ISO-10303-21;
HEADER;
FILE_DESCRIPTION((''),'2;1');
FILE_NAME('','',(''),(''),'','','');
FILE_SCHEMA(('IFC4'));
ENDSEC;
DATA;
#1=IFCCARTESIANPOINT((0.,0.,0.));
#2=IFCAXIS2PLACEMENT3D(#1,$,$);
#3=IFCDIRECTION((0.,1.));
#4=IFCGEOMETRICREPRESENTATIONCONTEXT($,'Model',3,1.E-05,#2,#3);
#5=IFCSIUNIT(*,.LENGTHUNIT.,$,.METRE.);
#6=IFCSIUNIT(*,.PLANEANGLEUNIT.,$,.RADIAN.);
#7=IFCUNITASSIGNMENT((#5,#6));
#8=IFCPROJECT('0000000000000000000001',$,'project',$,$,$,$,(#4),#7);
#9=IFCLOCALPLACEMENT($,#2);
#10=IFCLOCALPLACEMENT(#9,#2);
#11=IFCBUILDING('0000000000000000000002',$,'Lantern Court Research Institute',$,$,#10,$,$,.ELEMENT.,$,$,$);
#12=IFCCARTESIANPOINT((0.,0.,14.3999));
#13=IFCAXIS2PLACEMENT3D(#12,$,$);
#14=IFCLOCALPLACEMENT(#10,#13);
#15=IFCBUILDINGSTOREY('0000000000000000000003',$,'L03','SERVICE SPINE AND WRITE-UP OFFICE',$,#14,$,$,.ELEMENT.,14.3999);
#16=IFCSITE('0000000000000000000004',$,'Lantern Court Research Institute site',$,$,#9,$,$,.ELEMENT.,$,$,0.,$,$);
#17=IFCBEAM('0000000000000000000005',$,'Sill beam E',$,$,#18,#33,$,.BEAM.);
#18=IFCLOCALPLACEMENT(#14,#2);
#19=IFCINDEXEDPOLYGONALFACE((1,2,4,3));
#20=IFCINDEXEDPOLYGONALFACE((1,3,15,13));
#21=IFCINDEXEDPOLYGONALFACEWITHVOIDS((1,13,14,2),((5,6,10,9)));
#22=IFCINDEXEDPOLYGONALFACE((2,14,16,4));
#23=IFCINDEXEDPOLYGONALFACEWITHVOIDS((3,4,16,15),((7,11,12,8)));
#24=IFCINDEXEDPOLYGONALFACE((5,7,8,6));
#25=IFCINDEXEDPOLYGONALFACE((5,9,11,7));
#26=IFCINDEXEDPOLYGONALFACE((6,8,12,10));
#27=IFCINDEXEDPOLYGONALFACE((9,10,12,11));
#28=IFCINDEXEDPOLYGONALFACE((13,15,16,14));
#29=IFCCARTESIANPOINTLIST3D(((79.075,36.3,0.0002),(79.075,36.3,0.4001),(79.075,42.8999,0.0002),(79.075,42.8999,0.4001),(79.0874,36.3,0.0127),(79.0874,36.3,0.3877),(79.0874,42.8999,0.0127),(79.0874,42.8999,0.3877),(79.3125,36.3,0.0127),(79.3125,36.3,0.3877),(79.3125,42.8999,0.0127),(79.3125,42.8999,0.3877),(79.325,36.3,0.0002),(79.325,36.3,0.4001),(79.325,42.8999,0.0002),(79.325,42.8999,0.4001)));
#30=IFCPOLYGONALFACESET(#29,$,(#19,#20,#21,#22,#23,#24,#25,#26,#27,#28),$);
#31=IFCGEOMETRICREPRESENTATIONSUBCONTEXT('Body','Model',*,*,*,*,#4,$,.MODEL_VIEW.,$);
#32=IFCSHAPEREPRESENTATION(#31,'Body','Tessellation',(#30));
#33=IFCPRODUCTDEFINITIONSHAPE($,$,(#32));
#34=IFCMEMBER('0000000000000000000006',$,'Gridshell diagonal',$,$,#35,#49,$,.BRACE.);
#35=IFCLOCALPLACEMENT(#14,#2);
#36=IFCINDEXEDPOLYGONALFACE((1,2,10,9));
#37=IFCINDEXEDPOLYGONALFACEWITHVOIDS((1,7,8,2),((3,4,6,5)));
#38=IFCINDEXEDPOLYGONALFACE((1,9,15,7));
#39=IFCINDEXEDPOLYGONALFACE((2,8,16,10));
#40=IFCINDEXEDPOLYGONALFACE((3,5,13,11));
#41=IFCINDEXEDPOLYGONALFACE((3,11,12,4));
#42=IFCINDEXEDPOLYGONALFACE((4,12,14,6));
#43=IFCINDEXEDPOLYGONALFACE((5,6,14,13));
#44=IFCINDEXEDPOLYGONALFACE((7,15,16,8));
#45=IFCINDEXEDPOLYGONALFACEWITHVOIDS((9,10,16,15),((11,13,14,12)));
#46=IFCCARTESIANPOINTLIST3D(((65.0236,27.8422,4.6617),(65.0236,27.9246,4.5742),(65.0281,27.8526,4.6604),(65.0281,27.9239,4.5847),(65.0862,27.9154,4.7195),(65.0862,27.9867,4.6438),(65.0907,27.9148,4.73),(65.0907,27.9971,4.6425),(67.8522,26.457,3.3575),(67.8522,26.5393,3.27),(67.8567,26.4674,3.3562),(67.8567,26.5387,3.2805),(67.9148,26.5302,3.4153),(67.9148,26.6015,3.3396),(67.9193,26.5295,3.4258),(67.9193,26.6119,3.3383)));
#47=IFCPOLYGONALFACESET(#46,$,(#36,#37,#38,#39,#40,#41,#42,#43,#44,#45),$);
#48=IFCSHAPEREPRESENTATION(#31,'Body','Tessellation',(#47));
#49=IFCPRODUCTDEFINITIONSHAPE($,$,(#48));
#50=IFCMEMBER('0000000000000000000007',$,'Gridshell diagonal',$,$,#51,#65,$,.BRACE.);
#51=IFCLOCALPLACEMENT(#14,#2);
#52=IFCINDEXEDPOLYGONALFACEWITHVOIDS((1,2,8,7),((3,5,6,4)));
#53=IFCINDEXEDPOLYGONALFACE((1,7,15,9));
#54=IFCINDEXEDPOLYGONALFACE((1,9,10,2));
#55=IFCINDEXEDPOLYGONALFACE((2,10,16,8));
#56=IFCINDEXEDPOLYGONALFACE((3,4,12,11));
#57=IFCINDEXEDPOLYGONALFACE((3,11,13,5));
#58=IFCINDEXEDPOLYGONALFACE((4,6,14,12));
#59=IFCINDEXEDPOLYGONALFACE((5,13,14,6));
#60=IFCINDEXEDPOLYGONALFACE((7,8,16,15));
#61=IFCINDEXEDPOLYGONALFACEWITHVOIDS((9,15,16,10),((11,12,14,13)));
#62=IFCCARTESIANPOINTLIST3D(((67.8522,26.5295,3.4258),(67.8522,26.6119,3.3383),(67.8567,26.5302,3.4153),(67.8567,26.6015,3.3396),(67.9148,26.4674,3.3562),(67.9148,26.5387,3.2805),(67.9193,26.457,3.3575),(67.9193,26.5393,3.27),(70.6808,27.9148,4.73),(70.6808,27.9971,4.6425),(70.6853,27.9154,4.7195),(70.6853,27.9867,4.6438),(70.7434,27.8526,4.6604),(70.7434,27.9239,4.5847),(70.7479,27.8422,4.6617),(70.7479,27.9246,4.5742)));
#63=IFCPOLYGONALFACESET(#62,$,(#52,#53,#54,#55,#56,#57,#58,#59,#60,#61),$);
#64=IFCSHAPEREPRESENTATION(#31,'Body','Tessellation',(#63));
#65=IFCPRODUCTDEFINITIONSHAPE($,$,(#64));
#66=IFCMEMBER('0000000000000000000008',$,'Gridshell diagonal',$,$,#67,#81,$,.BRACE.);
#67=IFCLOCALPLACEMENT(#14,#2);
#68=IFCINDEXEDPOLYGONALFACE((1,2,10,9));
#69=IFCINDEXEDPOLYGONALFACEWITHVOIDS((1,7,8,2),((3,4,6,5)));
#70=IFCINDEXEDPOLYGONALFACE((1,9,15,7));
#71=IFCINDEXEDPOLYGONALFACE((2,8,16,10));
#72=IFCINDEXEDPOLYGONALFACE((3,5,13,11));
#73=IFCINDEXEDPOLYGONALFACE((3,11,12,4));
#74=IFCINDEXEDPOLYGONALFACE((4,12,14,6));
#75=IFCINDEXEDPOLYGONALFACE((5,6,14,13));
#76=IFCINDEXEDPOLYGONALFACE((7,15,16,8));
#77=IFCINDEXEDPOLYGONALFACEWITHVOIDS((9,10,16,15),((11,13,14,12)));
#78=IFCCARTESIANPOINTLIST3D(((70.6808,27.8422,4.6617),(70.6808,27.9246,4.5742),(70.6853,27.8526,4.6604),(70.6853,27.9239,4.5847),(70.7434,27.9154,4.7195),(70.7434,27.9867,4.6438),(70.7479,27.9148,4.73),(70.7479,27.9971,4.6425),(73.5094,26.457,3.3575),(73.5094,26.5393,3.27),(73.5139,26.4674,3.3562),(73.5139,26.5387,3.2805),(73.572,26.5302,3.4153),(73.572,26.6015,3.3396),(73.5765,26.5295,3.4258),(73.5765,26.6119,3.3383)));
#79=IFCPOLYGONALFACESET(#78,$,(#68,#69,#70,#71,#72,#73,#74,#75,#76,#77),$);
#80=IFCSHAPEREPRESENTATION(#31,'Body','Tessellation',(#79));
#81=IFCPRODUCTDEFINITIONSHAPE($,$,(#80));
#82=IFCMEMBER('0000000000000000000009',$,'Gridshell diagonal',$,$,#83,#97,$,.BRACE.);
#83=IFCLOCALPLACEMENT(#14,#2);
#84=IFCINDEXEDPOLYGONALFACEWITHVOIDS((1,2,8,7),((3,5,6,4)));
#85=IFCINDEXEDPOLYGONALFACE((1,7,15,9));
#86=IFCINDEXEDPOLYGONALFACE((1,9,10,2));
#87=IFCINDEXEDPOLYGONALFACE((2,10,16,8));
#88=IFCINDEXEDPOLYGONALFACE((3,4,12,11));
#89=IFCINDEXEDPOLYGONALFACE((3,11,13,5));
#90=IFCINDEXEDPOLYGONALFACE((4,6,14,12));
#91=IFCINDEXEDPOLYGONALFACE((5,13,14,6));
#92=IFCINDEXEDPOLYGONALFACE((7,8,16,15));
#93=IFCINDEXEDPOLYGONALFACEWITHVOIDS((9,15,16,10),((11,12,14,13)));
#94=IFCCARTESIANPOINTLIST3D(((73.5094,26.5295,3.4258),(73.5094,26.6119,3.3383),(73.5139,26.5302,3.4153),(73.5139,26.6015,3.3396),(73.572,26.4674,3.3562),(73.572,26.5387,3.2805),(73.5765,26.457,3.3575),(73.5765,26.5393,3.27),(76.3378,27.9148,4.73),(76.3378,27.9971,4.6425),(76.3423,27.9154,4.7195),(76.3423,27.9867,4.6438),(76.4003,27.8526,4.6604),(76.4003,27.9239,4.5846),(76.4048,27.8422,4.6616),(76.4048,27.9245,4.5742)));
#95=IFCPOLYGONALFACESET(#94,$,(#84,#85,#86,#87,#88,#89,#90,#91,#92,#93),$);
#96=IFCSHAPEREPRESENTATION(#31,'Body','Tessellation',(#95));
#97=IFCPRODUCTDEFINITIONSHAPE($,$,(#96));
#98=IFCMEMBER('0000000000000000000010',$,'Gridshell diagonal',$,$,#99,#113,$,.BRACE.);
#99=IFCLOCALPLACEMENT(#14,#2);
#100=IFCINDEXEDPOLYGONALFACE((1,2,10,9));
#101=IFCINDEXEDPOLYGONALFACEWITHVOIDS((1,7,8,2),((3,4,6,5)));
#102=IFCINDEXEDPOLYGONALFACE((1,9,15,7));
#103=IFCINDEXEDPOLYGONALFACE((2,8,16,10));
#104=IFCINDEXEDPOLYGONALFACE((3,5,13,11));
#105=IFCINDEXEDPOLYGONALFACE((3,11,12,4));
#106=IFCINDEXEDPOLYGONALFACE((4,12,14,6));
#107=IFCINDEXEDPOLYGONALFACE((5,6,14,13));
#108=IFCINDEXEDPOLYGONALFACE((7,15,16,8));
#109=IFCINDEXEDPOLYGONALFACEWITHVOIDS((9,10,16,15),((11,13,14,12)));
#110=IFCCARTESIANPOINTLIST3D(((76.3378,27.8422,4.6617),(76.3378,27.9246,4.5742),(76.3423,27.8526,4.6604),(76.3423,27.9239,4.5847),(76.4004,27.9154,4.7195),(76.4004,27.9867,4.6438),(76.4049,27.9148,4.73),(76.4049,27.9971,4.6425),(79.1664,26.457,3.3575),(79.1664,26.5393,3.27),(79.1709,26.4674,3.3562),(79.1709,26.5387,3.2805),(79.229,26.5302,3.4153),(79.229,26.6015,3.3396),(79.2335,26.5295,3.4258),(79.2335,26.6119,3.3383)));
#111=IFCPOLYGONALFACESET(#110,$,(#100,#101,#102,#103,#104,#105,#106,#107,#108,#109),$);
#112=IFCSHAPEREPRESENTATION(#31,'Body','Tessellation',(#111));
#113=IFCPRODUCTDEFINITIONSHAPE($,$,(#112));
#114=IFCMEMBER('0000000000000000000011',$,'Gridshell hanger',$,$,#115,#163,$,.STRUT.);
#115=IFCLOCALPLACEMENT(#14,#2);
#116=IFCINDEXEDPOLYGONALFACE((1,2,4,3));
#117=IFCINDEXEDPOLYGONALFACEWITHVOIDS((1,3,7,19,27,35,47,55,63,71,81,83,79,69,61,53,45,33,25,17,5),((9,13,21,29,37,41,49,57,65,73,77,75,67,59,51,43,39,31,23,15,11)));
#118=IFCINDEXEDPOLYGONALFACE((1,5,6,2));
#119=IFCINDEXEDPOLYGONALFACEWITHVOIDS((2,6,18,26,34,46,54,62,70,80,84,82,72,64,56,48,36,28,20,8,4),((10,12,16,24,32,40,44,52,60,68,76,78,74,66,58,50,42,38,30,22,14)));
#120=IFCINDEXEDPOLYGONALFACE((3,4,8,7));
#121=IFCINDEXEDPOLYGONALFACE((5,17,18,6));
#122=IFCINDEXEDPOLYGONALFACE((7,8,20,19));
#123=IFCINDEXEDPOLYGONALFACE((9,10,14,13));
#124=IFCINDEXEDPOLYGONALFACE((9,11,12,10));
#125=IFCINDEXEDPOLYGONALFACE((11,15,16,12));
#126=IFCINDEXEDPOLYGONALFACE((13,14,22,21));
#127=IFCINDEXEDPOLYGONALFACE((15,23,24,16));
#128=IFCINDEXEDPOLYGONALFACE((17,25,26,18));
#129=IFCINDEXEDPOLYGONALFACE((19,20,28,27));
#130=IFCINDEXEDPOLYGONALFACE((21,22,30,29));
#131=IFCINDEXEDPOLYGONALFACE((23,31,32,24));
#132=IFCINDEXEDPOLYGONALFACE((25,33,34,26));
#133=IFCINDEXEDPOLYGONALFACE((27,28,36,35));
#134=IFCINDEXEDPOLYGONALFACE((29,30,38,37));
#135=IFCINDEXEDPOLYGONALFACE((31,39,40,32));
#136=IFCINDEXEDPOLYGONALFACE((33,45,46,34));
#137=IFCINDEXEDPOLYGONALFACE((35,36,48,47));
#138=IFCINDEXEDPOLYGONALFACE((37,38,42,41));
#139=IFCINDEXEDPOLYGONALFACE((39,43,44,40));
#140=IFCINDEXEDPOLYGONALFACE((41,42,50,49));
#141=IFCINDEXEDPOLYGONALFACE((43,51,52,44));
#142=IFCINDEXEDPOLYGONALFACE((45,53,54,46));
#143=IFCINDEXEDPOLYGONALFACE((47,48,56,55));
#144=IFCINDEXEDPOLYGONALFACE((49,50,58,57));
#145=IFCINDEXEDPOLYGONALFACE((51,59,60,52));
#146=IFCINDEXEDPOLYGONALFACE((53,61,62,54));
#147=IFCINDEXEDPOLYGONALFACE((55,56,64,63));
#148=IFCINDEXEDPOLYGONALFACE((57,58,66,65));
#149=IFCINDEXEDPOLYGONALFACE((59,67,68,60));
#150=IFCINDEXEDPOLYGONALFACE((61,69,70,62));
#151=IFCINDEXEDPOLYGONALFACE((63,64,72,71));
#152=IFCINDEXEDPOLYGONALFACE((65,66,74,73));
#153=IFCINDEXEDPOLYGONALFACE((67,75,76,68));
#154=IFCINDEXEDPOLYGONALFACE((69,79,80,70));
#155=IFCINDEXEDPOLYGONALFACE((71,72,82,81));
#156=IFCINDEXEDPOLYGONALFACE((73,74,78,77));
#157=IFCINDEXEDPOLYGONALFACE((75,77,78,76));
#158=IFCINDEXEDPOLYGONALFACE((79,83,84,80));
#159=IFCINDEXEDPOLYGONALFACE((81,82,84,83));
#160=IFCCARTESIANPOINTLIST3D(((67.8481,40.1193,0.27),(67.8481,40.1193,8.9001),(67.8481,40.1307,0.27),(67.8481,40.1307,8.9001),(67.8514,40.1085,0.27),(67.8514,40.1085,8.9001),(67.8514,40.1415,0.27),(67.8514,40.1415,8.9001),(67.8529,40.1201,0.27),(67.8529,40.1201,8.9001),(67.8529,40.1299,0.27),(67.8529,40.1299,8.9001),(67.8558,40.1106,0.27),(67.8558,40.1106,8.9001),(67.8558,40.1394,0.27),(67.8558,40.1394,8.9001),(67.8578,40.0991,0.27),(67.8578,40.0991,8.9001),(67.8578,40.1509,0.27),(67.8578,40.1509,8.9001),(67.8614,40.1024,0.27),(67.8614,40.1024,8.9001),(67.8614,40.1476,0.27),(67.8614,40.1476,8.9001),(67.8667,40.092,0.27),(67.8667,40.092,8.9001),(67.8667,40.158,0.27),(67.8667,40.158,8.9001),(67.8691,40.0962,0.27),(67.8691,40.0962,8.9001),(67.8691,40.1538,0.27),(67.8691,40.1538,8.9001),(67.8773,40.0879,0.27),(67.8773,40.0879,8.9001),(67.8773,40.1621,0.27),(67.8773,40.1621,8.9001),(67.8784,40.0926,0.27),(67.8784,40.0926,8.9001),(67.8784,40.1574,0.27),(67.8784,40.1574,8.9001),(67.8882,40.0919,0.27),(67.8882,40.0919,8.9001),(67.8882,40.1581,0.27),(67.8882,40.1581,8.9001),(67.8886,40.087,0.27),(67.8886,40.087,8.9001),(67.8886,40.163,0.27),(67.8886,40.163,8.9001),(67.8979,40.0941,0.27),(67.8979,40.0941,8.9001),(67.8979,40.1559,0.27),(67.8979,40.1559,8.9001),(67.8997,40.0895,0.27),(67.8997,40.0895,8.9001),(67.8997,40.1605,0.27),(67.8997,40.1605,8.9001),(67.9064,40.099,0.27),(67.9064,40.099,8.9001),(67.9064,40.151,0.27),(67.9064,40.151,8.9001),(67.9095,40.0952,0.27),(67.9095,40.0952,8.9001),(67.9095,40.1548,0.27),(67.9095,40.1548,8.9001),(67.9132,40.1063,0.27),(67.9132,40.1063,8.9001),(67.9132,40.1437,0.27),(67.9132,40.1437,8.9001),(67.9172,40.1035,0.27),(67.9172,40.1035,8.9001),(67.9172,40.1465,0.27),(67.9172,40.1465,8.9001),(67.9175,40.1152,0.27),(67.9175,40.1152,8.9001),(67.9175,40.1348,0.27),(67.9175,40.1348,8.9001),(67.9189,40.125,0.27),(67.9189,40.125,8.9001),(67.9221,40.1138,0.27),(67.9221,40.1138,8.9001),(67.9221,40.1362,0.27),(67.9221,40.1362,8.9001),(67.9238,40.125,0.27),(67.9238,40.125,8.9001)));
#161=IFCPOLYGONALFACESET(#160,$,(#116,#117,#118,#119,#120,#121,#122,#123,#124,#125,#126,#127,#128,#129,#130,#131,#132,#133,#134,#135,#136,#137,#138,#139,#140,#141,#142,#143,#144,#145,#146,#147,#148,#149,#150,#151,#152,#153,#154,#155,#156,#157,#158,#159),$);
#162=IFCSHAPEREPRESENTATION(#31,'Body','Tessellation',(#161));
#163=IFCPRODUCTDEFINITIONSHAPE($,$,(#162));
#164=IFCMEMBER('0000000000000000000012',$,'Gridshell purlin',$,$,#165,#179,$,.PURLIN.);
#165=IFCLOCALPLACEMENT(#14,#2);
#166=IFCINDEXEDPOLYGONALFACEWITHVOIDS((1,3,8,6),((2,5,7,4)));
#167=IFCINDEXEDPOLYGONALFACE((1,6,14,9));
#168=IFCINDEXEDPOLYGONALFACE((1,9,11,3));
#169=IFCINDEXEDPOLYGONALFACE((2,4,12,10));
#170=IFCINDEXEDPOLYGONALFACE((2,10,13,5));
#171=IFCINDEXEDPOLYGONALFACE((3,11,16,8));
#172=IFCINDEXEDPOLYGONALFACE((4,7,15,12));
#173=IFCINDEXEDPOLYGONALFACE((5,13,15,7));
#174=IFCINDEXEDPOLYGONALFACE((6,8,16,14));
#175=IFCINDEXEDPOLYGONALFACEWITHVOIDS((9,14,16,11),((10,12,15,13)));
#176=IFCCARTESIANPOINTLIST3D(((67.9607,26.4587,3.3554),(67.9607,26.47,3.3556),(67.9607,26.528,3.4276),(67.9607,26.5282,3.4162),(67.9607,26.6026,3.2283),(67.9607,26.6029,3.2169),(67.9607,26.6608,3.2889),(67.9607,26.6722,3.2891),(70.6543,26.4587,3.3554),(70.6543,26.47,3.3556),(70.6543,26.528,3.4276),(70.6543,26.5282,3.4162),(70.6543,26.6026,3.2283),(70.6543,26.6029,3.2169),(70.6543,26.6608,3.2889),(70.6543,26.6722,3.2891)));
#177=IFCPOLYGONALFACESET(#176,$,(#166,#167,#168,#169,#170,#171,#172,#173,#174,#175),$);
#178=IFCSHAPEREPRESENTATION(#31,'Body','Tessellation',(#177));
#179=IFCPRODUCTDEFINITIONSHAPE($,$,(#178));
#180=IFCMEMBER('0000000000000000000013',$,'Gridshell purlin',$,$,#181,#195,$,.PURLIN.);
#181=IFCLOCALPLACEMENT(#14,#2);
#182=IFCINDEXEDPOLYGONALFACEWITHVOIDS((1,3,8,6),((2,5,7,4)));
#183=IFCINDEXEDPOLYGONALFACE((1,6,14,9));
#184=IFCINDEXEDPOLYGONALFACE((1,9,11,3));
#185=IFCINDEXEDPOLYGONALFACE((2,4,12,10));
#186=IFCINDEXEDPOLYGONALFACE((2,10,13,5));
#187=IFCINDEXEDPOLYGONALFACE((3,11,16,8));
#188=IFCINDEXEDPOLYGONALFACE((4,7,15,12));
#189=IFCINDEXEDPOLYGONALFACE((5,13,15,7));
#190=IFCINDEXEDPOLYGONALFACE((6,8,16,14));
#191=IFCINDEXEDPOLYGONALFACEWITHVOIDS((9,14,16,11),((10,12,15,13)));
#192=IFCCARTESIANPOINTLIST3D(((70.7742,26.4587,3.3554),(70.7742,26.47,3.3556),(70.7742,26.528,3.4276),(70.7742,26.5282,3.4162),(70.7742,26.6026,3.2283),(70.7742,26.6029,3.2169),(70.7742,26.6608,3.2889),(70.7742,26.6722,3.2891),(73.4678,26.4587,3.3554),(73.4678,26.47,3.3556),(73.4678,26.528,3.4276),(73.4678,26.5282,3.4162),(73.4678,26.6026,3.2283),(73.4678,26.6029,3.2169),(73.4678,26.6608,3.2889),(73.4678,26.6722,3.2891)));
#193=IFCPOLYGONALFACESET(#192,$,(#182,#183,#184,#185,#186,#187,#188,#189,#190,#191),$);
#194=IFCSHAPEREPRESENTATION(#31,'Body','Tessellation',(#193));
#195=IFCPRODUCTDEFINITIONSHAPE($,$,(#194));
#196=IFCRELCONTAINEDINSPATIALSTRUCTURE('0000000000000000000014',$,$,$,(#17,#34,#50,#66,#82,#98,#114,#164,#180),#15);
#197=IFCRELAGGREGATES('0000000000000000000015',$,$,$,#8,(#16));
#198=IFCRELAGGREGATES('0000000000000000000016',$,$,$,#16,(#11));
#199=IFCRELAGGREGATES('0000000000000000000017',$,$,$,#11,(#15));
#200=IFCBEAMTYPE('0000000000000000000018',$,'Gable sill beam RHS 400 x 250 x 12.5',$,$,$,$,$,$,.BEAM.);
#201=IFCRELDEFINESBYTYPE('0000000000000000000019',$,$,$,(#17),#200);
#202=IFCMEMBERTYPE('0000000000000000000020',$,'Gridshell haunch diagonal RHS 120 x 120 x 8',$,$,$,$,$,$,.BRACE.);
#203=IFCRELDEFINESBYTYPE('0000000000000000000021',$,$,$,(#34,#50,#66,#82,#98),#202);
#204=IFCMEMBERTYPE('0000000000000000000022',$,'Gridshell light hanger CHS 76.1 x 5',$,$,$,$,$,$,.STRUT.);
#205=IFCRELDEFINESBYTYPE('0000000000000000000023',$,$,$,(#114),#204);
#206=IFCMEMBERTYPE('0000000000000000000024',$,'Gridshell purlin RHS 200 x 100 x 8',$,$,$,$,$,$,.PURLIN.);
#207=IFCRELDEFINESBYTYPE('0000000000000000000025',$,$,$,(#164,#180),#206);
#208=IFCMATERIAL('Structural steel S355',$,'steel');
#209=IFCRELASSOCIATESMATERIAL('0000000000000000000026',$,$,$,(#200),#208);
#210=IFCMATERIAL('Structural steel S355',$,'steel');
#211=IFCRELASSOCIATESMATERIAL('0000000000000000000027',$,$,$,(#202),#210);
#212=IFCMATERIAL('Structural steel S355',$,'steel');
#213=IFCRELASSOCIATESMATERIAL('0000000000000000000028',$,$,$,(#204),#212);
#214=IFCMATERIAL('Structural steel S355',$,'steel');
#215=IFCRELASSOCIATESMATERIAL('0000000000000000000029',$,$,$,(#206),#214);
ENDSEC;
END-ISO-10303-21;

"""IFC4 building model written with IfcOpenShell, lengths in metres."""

from ifc_helpers import new_model, si_unit, direction, frame, origin, origin_2d, place, context, subcontext, project, spatial, hollow_rectangle, hollow_circle, extrude, material, material_profile, profile_set, type_object, element, save


model = new_model("IFC4")

# Units and contexts
model_context = context("Model", 3, precision=1e-05, world=origin(), true_north=direction((0.0, 1.0)))
body_context = subcontext(model_context, "Body", "Model", "MODEL_VIEW")
ifc_project = project(units=[si_unit("LENGTHUNIT", "METRE"), si_unit("PLANEANGLEUNIT", "RADIAN")], contexts=[model_context])

# Site, building, storey
site_placement = place(None, origin())
site = spatial("IfcSite", under=ifc_project, at=site_placement, Name="Lantern Court Research Institute site", CompositionType="ELEMENT", RefElevation=0.0)
building_placement = place(site_placement, origin())
building = spatial("IfcBuilding", under=site, at=building_placement, Name="Lantern Court Research Institute", CompositionType="ELEMENT")
storey_placement = place(building_placement, frame((0.0, 0.0, 14.3999)))
storey = spatial("IfcBuildingStorey", under=building, at=storey_placement, Name="L03", Description="SERVICE SPINE AND WRITE-UP OFFICE", CompositionType="ELEMENT", Elevation=14.3999)

# Beam
ifc_material_1 = material(Name="Structural steel S355", Category="steel")
ifc_material_profile_1 = material_profile(ifc_material_1, hollow_rectangle(XDim=0.25, YDim=0.3999, WallThickness=0.0125, at=origin_2d()), Name="Gable sill beam RHS 400 x 250 x 12.5")
ifc_profile_set_1 = profile_set([ifc_material_profile_1], Name="Structural steel S355")
beam_type = type_object("IfcBeamType", Name="Gable sill beam RHS 400 x 250 x 12.5", PredefinedType="BEAM", material=ifc_profile_set_1)
beam_1_placement = place(storey_placement, frame((79.2, 36.3, 0.2002), z_axis=(0.0, 1.0, 0.0), x_axis=(-1.0, 0.0, 0.0)))
element("IfcBeam", 1, at=beam_1_placement, inside=storey, type_object=beam_type, Name="Sill beam E", PredefinedType="BEAM", context=body_context, shape_type="SweptSolid", body=[
    extrude(hollow_rectangle(XDim=0.25, YDim=0.3999, WallThickness=0.0125, at=origin_2d()), origin(), (0.0, 0.0, 1.0), 6.5999),
])

# Members
ifc_material_2 = material(Name="Structural steel S355", Category="steel")
ifc_material_profile_2 = material_profile(ifc_material_2, hollow_rectangle(XDim=0.1201, YDim=0.1201, WallThickness=0.0081, at=origin_2d()), Name="Gridshell haunch diagonal RHS 120 x 120 x 8")
ifc_profile_set_2 = profile_set([ifc_material_profile_2], Name="Structural steel S355")
member_type_1 = type_object("IfcMemberType", Name="Gridshell haunch diagonal RHS 120 x 120 x 8", PredefinedType="BRACE", material=ifc_profile_set_2)
for number, where, z_axis, x_axis, name in (
    (2, (67.8857, 26.5344, 3.3479), (-0.829762, 0.406358, 0.382581), (-0.558118, -0.604141, -0.568786), "Gridshell diagonal"),
    (3, (67.8857, 26.5344, 3.3479), (0.829762, 0.406358, 0.382581), (-0.558118, 0.604141, 0.568786), "Gridshell diagonal"),
    (4, (73.543, 26.5344, 3.3479), (-0.829762, 0.406358, 0.382581), (-0.558118, -0.604141, -0.568786), "Gridshell diagonal"),
):
    element("IfcMember", number, at=place(storey_placement, frame(where, z_axis=z_axis, x_axis=x_axis)), inside=storey, type_object=member_type_1, Name=name, PredefinedType="BRACE", context=body_context, shape_type="SweptSolid", body=[
        extrude(hollow_rectangle(XDim=0.1201, YDim=0.1201, WallThickness=0.0081, at=origin_2d()), origin(), (0.0, 0.0, 1.0), 3.4089),
    ])
member_1_placement = place(storey_placement, frame((73.543, 26.5344, 3.3479), z_axis=(0.829739, 0.406382, 0.382604), x_axis=(-0.558151, 0.604116, 0.568781)))
element("IfcMember", 5, at=member_1_placement, inside=storey, type_object=member_type_1, Name="Gridshell diagonal", PredefinedType="BRACE", context=body_context, shape_type="SweptSolid", body=[
    extrude(hollow_rectangle(XDim=0.1201, YDim=0.1201, WallThickness=0.0081, at=origin_2d()), origin(), (0.0, 0.0, 1.0), 3.4087),
])
member_2_placement = place(storey_placement, frame((79.2, 26.5344, 3.3479), z_axis=(-0.829762, 0.406358, 0.382581), x_axis=(-0.558118, -0.604141, -0.568786)))
element("IfcMember", 6, at=member_2_placement, inside=storey, type_object=member_type_1, Name="Gridshell diagonal", PredefinedType="BRACE", context=body_context, shape_type="SweptSolid", body=[
    extrude(hollow_rectangle(XDim=0.1201, YDim=0.1201, WallThickness=0.0081, at=origin_2d()), origin(), (0.0, 0.0, 1.0), 3.4089),
])
ifc_material_3 = material(Name="Structural steel S355", Category="steel")
ifc_material_profile_3 = material_profile(ifc_material_3, hollow_circle(Radius=0.0381, WallThickness=0.0049, at=origin_2d()), Name="Gridshell light hanger CHS 76.1 x 5")
ifc_profile_set_3 = profile_set([ifc_material_profile_3], Name="Structural steel S355")
member_type_2 = type_object("IfcMemberType", Name="Gridshell light hanger CHS 76.1 x 5", PredefinedType="STRUT", material=ifc_profile_set_3)
member_3_placement = place(storey_placement, frame((67.8857, 40.125, 0.27), z_axis=(0.0, 0.0, 1.0), x_axis=(1.0, 0.0, 0.0)))
element("IfcMember", 7, at=member_3_placement, inside=storey, type_object=member_type_2, Name="Gridshell hanger", PredefinedType="STRUT", context=body_context, shape_type="SweptSolid", body=[
    extrude(hollow_circle(Radius=0.0381, WallThickness=0.0049, at=origin_2d()), origin(), (0.0, 0.0, 1.0), 8.6301),
])
ifc_material_4 = material(Name="Structural steel S355", Category="steel")
ifc_material_profile_4 = material_profile(ifc_material_4, hollow_rectangle(XDim=0.1001, YDim=0.2, WallThickness=0.0081, at=origin_2d()), Name="Gridshell purlin RHS 200 x 100 x 8")
ifc_profile_set_4 = profile_set([ifc_material_profile_4], Name="Structural steel S355")
member_type_3 = type_object("IfcMemberType", Name="Gridshell purlin RHS 200 x 100 x 8", PredefinedType="PURLIN", material=ifc_profile_set_4)
for number, where, z_axis, x_axis, name in (
    (8, (67.9607, 26.5654, 3.3223), (1.0, 0.0, 0.0), (0.0, 0.692674, 0.721251), "Gridshell purlin"),
    (9, (70.7742, 26.5654, 3.3223), (1.0, 0.0, 0.0), (0.0, 0.692674, 0.721251), "Gridshell purlin"),
):
    element("IfcMember", number, at=place(storey_placement, frame(where, z_axis=z_axis, x_axis=x_axis)), inside=storey, type_object=member_type_3, Name=name, PredefinedType="PURLIN", context=body_context, shape_type="SweptSolid", body=[
        extrude(hollow_rectangle(XDim=0.1001, YDim=0.2, WallThickness=0.0081, at=origin_2d()), origin(), (0.0, 0.0, 1.0), 2.6936),
    ])

save(model, "model.ifc")
